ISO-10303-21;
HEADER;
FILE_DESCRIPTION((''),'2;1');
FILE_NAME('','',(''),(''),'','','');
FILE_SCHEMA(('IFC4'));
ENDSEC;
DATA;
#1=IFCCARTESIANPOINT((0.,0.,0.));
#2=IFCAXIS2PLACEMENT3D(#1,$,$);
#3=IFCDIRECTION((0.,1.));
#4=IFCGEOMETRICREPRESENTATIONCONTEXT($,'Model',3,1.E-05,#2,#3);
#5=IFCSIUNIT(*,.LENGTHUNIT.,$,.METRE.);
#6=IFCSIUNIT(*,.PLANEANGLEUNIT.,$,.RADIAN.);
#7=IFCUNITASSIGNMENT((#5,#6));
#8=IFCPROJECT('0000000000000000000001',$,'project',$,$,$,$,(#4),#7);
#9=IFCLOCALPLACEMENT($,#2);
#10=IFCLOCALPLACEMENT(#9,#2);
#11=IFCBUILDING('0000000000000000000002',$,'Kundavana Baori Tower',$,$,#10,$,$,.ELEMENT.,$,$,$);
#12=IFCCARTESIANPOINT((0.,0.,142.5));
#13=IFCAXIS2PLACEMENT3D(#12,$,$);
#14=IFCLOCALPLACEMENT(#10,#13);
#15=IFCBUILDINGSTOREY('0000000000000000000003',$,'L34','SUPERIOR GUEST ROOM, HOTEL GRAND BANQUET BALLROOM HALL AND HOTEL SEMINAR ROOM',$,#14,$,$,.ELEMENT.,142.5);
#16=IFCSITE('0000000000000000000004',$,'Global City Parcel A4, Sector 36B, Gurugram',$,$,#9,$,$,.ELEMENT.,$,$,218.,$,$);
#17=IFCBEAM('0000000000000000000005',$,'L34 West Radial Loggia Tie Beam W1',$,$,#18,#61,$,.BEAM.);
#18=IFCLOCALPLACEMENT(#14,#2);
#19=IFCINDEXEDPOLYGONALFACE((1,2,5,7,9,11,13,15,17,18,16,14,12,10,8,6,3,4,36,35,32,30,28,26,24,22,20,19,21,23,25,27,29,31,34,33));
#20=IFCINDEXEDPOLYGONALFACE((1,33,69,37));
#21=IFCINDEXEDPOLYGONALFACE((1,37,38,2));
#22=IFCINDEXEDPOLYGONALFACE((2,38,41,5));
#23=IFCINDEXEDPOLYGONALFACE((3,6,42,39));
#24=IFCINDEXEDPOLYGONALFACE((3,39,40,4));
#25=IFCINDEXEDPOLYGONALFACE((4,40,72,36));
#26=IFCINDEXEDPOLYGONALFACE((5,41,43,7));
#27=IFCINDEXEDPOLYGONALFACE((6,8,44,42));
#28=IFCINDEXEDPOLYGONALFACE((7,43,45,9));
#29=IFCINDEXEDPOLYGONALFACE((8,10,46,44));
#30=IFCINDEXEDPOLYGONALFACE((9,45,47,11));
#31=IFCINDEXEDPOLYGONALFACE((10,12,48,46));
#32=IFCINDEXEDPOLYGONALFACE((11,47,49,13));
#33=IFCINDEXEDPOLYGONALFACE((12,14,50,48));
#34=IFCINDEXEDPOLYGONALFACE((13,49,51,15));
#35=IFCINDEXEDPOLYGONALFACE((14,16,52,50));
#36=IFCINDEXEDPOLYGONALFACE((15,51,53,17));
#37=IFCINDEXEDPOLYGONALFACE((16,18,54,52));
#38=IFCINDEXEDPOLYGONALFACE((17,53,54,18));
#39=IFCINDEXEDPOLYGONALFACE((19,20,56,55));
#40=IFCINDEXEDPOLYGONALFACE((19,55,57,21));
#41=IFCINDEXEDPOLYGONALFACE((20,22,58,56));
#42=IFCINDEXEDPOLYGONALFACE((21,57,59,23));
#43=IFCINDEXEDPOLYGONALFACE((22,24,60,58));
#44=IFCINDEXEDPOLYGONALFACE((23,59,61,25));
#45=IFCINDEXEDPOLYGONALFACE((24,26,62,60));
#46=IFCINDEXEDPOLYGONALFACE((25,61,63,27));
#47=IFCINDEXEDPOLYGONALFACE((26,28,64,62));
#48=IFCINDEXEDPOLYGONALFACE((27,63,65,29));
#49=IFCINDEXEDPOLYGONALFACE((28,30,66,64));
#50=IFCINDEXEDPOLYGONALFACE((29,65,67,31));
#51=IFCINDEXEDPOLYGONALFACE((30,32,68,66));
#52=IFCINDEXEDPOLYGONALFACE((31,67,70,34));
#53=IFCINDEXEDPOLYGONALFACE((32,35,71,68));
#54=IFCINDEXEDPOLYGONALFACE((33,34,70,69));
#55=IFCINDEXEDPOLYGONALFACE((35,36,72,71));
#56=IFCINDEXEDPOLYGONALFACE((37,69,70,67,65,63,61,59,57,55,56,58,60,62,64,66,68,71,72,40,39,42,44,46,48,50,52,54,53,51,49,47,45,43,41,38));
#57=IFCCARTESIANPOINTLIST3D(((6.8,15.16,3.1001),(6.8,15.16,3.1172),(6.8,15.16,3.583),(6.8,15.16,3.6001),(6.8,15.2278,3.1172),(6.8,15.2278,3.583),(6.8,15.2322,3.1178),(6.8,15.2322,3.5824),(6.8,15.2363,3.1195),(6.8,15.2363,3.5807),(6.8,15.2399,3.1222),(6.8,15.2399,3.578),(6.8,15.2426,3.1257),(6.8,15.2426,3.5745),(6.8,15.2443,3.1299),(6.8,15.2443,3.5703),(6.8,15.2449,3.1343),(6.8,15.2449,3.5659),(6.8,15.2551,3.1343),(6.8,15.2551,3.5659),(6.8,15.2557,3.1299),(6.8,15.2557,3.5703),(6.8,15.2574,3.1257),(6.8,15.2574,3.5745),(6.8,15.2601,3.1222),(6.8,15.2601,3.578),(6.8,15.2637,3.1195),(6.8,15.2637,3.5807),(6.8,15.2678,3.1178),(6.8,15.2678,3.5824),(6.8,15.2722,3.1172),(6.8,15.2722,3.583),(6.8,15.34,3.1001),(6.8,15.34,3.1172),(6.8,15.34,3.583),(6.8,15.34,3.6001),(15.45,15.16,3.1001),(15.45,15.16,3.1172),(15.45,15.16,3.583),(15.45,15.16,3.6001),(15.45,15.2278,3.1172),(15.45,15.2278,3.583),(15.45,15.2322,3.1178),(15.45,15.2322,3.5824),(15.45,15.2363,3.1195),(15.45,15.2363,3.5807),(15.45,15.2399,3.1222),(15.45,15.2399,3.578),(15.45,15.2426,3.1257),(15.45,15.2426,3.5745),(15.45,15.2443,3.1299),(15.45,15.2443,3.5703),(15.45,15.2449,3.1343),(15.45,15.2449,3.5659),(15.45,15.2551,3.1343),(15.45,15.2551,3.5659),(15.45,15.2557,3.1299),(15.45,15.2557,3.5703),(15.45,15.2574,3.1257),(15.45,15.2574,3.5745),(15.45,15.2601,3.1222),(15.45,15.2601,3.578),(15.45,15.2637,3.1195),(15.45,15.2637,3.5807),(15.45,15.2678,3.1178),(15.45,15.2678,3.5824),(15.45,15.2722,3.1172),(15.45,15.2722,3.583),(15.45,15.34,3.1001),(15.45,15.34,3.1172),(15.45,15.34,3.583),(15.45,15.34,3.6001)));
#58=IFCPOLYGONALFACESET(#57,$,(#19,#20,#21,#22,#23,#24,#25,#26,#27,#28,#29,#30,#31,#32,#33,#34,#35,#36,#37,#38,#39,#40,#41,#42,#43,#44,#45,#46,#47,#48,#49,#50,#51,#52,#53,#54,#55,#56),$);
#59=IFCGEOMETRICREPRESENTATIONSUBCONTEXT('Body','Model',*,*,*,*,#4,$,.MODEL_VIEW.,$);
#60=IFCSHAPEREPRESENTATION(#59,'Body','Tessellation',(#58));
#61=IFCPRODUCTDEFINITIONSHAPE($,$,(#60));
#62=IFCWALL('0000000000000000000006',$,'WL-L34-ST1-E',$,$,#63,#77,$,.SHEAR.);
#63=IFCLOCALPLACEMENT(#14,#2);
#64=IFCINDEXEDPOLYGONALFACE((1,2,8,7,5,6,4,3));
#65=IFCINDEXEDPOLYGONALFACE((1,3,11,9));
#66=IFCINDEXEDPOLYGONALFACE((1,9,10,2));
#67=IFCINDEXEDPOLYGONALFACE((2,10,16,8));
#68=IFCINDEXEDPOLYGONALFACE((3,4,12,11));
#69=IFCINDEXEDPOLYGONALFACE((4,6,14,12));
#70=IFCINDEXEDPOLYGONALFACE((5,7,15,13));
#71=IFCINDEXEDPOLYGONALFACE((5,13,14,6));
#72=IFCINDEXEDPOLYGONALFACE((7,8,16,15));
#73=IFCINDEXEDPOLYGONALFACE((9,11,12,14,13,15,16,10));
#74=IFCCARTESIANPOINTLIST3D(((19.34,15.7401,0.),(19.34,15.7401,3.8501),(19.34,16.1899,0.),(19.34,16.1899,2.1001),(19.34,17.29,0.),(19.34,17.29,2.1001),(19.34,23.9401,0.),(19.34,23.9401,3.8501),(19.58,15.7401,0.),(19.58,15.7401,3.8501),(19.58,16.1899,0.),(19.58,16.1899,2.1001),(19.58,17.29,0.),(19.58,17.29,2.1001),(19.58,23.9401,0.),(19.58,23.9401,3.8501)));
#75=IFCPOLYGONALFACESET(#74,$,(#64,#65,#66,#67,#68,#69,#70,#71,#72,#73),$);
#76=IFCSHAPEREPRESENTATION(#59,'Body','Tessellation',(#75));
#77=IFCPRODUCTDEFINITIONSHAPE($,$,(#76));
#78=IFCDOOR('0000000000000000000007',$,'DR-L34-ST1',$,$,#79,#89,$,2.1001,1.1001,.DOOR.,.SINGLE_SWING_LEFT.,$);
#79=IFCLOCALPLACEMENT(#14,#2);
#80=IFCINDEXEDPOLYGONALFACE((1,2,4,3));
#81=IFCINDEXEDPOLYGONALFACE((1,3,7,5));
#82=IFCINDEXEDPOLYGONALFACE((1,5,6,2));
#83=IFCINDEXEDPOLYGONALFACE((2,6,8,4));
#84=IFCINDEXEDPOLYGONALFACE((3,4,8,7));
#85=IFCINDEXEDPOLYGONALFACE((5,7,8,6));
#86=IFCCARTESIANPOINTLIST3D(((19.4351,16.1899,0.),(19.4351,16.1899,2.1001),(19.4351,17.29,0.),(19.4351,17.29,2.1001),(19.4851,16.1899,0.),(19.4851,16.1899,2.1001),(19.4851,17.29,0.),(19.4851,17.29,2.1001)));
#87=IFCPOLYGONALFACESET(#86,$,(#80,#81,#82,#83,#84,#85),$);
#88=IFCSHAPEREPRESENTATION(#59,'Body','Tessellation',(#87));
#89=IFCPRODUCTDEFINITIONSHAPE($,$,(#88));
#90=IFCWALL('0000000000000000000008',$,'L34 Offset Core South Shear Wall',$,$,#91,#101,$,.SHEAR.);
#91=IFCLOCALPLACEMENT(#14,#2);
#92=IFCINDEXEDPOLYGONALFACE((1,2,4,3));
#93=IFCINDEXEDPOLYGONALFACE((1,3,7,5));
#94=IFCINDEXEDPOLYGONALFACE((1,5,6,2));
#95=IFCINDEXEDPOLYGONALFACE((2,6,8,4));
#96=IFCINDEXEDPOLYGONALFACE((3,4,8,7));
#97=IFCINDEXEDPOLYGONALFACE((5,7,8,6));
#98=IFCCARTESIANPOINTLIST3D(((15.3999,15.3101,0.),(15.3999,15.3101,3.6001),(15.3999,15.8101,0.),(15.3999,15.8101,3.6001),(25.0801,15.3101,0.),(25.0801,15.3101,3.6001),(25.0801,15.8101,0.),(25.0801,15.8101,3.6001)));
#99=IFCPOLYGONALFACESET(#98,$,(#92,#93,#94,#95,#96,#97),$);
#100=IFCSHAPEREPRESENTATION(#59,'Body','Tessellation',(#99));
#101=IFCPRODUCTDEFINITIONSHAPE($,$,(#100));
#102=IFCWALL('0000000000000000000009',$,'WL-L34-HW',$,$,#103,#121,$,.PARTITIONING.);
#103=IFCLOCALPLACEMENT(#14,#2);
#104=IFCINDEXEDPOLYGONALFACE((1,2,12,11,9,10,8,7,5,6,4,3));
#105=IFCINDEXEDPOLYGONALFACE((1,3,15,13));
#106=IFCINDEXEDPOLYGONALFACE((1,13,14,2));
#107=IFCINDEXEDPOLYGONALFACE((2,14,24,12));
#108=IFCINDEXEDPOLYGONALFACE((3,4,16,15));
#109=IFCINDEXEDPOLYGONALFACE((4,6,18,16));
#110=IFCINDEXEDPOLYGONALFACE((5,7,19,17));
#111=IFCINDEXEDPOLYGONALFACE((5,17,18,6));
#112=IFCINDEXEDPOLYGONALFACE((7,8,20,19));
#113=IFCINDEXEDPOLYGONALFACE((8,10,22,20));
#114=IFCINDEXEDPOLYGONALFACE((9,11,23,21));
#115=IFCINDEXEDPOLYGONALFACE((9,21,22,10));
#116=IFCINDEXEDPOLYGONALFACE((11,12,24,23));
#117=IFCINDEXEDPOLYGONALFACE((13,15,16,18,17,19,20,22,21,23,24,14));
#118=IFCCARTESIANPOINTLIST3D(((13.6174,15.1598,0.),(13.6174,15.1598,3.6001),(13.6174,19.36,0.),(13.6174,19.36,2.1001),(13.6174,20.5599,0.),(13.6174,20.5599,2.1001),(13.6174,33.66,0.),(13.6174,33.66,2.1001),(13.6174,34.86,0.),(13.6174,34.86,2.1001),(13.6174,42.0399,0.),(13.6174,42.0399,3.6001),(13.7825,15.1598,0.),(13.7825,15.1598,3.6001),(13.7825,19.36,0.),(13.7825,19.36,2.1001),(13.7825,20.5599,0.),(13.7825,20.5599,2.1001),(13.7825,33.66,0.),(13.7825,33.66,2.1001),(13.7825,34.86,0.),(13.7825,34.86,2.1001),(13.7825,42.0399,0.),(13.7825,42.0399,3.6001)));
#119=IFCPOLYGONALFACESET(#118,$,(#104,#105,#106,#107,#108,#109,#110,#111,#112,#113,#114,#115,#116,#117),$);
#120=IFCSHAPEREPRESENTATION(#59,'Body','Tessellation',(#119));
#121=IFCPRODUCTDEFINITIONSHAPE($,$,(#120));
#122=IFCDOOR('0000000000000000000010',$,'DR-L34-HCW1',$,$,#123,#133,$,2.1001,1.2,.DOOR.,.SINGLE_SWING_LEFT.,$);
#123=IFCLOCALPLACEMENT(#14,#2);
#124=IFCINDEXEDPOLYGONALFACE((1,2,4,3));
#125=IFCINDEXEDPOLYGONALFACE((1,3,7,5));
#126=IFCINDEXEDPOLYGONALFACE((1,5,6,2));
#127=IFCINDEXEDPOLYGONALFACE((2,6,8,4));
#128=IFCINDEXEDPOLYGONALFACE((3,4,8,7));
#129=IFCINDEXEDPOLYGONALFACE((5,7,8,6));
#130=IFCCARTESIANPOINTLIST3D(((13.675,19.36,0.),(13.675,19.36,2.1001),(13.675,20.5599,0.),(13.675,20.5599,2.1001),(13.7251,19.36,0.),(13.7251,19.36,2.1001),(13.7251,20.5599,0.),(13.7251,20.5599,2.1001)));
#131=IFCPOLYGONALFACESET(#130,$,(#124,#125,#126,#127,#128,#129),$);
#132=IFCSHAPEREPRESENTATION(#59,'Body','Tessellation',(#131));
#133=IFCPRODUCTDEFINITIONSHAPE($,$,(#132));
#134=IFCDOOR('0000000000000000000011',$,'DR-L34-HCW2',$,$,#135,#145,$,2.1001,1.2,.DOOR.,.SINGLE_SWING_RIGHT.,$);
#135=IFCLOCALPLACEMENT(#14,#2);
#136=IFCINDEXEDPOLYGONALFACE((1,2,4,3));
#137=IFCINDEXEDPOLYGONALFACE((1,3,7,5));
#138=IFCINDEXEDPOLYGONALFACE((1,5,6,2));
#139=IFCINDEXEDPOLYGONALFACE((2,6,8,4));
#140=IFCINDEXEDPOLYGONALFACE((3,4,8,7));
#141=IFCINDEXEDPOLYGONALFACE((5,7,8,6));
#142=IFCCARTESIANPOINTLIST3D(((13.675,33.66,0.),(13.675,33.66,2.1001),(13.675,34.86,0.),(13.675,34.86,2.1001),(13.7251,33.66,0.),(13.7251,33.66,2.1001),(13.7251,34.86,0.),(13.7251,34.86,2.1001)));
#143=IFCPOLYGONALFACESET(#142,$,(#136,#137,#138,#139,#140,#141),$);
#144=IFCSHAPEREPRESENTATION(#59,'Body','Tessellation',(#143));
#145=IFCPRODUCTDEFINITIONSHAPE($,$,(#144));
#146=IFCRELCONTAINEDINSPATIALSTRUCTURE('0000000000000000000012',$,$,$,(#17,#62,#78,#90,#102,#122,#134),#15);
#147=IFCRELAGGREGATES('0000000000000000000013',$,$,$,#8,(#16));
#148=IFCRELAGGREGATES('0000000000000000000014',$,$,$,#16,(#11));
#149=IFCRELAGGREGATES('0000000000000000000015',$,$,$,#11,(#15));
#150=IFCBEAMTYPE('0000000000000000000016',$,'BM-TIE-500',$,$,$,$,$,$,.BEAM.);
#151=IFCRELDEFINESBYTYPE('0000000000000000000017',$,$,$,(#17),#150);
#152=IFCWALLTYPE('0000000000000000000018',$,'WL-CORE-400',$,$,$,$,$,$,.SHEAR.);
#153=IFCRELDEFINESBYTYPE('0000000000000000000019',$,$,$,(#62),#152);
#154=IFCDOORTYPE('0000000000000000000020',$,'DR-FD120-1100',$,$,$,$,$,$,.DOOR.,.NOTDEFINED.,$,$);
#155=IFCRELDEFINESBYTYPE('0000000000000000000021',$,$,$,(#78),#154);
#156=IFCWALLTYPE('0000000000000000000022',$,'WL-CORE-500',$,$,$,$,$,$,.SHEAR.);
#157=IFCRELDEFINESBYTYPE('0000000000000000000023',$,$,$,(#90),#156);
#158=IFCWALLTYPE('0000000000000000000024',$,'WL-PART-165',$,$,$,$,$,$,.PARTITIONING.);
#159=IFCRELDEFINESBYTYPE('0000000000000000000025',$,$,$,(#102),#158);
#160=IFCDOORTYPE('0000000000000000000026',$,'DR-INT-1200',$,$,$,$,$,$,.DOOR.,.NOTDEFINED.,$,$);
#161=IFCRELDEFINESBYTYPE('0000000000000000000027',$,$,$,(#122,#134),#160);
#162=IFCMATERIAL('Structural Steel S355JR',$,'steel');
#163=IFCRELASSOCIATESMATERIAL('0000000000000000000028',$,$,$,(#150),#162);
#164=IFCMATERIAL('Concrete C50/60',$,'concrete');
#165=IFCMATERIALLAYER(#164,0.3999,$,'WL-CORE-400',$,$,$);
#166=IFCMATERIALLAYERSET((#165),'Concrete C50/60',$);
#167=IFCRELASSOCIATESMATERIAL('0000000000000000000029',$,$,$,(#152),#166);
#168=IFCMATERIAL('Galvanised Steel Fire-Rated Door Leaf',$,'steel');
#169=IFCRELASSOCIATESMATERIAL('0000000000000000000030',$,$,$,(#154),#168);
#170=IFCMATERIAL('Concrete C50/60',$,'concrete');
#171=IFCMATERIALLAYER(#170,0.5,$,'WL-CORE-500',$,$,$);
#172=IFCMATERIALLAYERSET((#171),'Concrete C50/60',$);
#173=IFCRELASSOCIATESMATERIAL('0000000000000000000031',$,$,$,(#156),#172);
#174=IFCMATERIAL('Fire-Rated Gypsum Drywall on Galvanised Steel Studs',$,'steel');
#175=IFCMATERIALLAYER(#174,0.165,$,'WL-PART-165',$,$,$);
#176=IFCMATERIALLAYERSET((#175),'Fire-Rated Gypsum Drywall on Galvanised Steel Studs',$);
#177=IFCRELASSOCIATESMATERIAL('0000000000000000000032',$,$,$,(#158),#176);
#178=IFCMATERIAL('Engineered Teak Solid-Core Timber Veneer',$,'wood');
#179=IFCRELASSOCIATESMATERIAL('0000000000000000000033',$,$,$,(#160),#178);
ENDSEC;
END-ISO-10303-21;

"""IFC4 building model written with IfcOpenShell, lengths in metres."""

from ifc_helpers import new_model, si_unit, direction, frame, frame_2d, origin, origin_2d, place, context, subcontext, project, spatial, rectangle, i_section, extrude, material, layer, layer_set, material_profile, profile_set, type_object, element, fill, save


model = new_model("IFC4")

# Units and contexts
model_context = context("Model", 3, precision=1e-05, world=origin(), true_north=direction((0.0, 1.0)))
body_context = subcontext(model_context, "Body", "Model", "MODEL_VIEW")
ifc_project = project(units=[si_unit("LENGTHUNIT", "METRE"), si_unit("PLANEANGLEUNIT", "RADIAN")], contexts=[model_context])

# Site, building, storey
site_placement = place(None, origin())
site = spatial("IfcSite", under=ifc_project, at=site_placement, Name="Global City Parcel A4, Sector 36B, Gurugram", CompositionType="ELEMENT", RefElevation=218.0)
building_placement = place(site_placement, origin())
building = spatial("IfcBuilding", under=site, at=building_placement, Name="Kundavana Baori Tower", CompositionType="ELEMENT")
storey_placement = place(building_placement, frame((0.0, 0.0, 142.5)))
storey = spatial("IfcBuildingStorey", under=building, at=storey_placement, Name="L34", Description="SUPERIOR GUEST ROOM, HOTEL GRAND BANQUET BALLROOM HALL AND HOTEL SEMINAR ROOM", CompositionType="ELEMENT", Elevation=142.5)

# Beam
ifc_material_1 = material(Name="Structural Steel S355JR", Category="steel")
ifc_material_profile_1 = material_profile(ifc_material_1, i_section(OverallWidth=0.1799, OverallDepth=0.5, WebThickness=0.0103, FlangeThickness=0.0171, FilletRadius=0.0171, at=origin_2d()), Name="ISMB 500")
ifc_profile_set_1 = profile_set([ifc_material_profile_1], Name="Structural Steel S355JR")
beam_type_1 = type_object("IfcBeamType", Name="BM-TIE-500", PredefinedType="BEAM", material=ifc_profile_set_1)
for number, where, z_axis, x_axis, name in (
    (1, (15.45, 15.25, 3.3501), (-1.0, 0.0, 0.0), (0.0, -1.0, 0.0), "L34 West Radial Loggia Tie Beam W1"),
):
    element("IfcBeam", number, at=place(storey_placement, frame(where, z_axis=z_axis, x_axis=x_axis)), inside=storey, type_object=beam_type_1, Name=name, PredefinedType="BEAM", context=body_context, shape_type="SweptSolid", body=[
        extrude(i_section(OverallWidth=0.1799, OverallDepth=0.5, WebThickness=0.0103, FlangeThickness=0.0171, FilletRadius=0.0171, at=origin_2d()), origin(), (0.0, 0.0, 1.0), 8.6499),
    ])

# Wall, opening, door
ifc_material_2 = material(Name="Concrete C50/60", Category="concrete")
ifc_layer_1 = layer(ifc_material_2, 0.3999, Name="WL-CORE-400")
ifc_layer_set_1 = layer_set([ifc_layer_1], Name="Concrete C50/60")
wall_type_1 = type_object("IfcWallType", Name="WL-CORE-400", PredefinedType="SHEAR", material=ifc_layer_set_1)
wall_1_placement = place(storey_placement, frame((19.46, 15.74, 0.0), z_axis=(0.0, 0.0, 1.0), x_axis=(0.0, 1.0, 0.0)))
wall_1 = element("IfcWall", 2, at=wall_1_placement, inside=storey, type_object=wall_type_1, Name="WL-L34-ST1-E", PredefinedType="SHEAR", context=body_context, shape_type="SweptSolid", body=[
    extrude(rectangle(XDim=8.2, YDim=0.24, at=frame_2d((4.1001, 0.0))), origin(), (0.0, 0.0, 1.0), 3.8501),
])
opening_1_placement = place(wall_1_placement, frame((0.45, 0.0, 0.0)))
opening_1 = element("IfcOpeningElement", 3, at=opening_1_placement, cuts=wall_1, PredefinedType="OPENING", context=body_context, shape_type="SweptSolid", body=[
    extrude(rectangle(XDim=1.1001, YDim=2.1001, at=frame_2d((0.55, 1.05))), frame((0.0, 0.1299, 0.0), z_axis=(0.0, -1.0, 0.0), x_axis=(1.0, 0.0, 0.0)), (0.0, 0.0, 1.0), 0.26),
])
ifc_material_3 = material(Name="Galvanised Steel Fire-Rated Door Leaf", Category="steel")
door_type_1 = type_object("IfcDoorType", Name="DR-FD120-1100", OperationType="NOTDEFINED", PredefinedType="DOOR", material=ifc_material_3)
door_1_placement = place(opening_1_placement, origin())
door_1 = element("IfcDoor", 4, at=door_1_placement, inside=storey, type_object=door_type_1, Name="DR-L34-ST1", OperationType="SINGLE_SWING_LEFT", OverallHeight=2.1001, OverallWidth=1.1001, PredefinedType="DOOR", context=body_context, shape_type="SweptSolid", body=[
    extrude(rectangle(XDim=1.1001, YDim=2.1001, at=frame_2d((0.55, 1.05))), frame((0.0, 0.0249, 0.0), z_axis=(0.0, -1.0, 0.0), x_axis=(1.0, 0.0, 0.0)), (0.0, 0.0, 1.0), 0.05),
])
fill(opening_1, door_1)

# Wall
ifc_material_4 = material(Name="Concrete C50/60", Category="concrete")
ifc_layer_2 = layer(ifc_material_4, 0.5, Name="WL-CORE-500")
ifc_layer_set_2 = layer_set([ifc_layer_2], Name="Concrete C50/60")
wall_type_2 = type_object("IfcWallType", Name="WL-CORE-500", PredefinedType="SHEAR", material=ifc_layer_set_2)
wall_2_placement = place(storey_placement, frame((15.3999, 15.5601, 0.0), z_axis=(0.0, 0.0, 1.0), x_axis=(1.0, 0.0, 0.0)))
element("IfcWall", 5, at=wall_2_placement, inside=storey, type_object=wall_type_2, Name="L34 Offset Core South Shear Wall", PredefinedType="SHEAR", context=body_context, shape_type="SweptSolid", body=[
    extrude(rectangle(XDim=9.6802, YDim=0.5, at=frame_2d((4.8401, 0.0))), origin(), (0.0, 0.0, 1.0), 3.6001),
])

# Wall, openings, doors
ifc_material_5 = material(Name="Fire-Rated Gypsum Drywall on Galvanised Steel Studs", Category="steel")
ifc_layer_3 = layer(ifc_material_5, 0.165, Name="WL-PART-165")
ifc_layer_set_3 = layer_set([ifc_layer_3], Name="Fire-Rated Gypsum Drywall on Galvanised Steel Studs")
wall_type_3 = type_object("IfcWallType", Name="WL-PART-165", PredefinedType="PARTITIONING", material=ifc_layer_set_3)
wall_3_placement = place(storey_placement, frame((13.7, 15.1599, 0.0), z_axis=(0.0, 0.0, 1.0), x_axis=(0.0, 1.0, 0.0)))
wall_3 = element("IfcWall", 6, at=wall_3_placement, inside=storey, type_object=wall_type_3, Name="WL-L34-HW", PredefinedType="PARTITIONING", context=body_context, shape_type="SweptSolid", body=[
    extrude(rectangle(XDim=26.8801, YDim=0.165, at=frame_2d((13.4399, 0.0))), origin(), (0.0, 0.0, 1.0), 3.6001),
])
opening_2_placement = place(wall_3_placement, frame((4.2, 0.0, 0.0)))
opening_2 = element("IfcOpeningElement", 7, at=opening_2_placement, cuts=wall_3, PredefinedType="OPENING", context=body_context, shape_type="SweptSolid", body=[
    extrude(rectangle(XDim=1.2, YDim=2.1001, at=frame_2d((0.6001, 1.05))), frame((0.0, 0.0925, 0.0), z_axis=(0.0, -1.0, 0.0), x_axis=(1.0, 0.0, 0.0)), (0.0, 0.0, 1.0), 0.1851),
])
opening_3_placement = place(wall_3_placement, frame((18.5, 0.0, 0.0)))
opening_3 = element("IfcOpeningElement", 8, at=opening_3_placement, cuts=wall_3, PredefinedType="OPENING", context=body_context, shape_type="SweptSolid", body=[
    extrude(rectangle(XDim=1.2, YDim=2.1001, at=frame_2d((0.6001, 1.05))), frame((0.0, 0.0925, 0.0), z_axis=(0.0, -1.0, 0.0), x_axis=(1.0, 0.0, 0.0)), (0.0, 0.0, 1.0), 0.1851),
])
ifc_material_6 = material(Name="Engineered Teak Solid-Core Timber Veneer", Category="wood")
door_type_2 = type_object("IfcDoorType", Name="DR-INT-1200", OperationType="NOTDEFINED", PredefinedType="DOOR", material=ifc_material_6)
door_2_placement = place(opening_2_placement, origin())
door_2 = element("IfcDoor", 9, at=door_2_placement, inside=storey, type_object=door_type_2, Name="DR-L34-HCW1", OperationType="SINGLE_SWING_LEFT", OverallHeight=2.1001, OverallWidth=1.2, PredefinedType="DOOR", context=body_context, shape_type="SweptSolid", body=[
    extrude(rectangle(XDim=1.2, YDim=2.1001, at=frame_2d((0.6001, 1.05))), frame((0.0, 0.0249, 0.0), z_axis=(0.0, -1.0, 0.0), x_axis=(1.0, 0.0, 0.0)), (0.0, 0.0, 1.0), 0.05),
])
fill(opening_2, door_2)
door_3_placement = place(opening_3_placement, origin())
door_3 = element("IfcDoor", 10, at=door_3_placement, inside=storey, type_object=door_type_2, Name="DR-L34-HCW2", OperationType="SINGLE_SWING_RIGHT", OverallHeight=2.1001, OverallWidth=1.2, PredefinedType="DOOR", context=body_context, shape_type="SweptSolid", body=[
    extrude(rectangle(XDim=1.2, YDim=2.1001, at=frame_2d((0.6001, 1.05))), frame((0.0, 0.0249, 0.0), z_axis=(0.0, -1.0, 0.0), x_axis=(1.0, 0.0, 0.0)), (0.0, 0.0, 1.0), 0.05),
])
fill(opening_3, door_3)

save(model, "model.ifc")
